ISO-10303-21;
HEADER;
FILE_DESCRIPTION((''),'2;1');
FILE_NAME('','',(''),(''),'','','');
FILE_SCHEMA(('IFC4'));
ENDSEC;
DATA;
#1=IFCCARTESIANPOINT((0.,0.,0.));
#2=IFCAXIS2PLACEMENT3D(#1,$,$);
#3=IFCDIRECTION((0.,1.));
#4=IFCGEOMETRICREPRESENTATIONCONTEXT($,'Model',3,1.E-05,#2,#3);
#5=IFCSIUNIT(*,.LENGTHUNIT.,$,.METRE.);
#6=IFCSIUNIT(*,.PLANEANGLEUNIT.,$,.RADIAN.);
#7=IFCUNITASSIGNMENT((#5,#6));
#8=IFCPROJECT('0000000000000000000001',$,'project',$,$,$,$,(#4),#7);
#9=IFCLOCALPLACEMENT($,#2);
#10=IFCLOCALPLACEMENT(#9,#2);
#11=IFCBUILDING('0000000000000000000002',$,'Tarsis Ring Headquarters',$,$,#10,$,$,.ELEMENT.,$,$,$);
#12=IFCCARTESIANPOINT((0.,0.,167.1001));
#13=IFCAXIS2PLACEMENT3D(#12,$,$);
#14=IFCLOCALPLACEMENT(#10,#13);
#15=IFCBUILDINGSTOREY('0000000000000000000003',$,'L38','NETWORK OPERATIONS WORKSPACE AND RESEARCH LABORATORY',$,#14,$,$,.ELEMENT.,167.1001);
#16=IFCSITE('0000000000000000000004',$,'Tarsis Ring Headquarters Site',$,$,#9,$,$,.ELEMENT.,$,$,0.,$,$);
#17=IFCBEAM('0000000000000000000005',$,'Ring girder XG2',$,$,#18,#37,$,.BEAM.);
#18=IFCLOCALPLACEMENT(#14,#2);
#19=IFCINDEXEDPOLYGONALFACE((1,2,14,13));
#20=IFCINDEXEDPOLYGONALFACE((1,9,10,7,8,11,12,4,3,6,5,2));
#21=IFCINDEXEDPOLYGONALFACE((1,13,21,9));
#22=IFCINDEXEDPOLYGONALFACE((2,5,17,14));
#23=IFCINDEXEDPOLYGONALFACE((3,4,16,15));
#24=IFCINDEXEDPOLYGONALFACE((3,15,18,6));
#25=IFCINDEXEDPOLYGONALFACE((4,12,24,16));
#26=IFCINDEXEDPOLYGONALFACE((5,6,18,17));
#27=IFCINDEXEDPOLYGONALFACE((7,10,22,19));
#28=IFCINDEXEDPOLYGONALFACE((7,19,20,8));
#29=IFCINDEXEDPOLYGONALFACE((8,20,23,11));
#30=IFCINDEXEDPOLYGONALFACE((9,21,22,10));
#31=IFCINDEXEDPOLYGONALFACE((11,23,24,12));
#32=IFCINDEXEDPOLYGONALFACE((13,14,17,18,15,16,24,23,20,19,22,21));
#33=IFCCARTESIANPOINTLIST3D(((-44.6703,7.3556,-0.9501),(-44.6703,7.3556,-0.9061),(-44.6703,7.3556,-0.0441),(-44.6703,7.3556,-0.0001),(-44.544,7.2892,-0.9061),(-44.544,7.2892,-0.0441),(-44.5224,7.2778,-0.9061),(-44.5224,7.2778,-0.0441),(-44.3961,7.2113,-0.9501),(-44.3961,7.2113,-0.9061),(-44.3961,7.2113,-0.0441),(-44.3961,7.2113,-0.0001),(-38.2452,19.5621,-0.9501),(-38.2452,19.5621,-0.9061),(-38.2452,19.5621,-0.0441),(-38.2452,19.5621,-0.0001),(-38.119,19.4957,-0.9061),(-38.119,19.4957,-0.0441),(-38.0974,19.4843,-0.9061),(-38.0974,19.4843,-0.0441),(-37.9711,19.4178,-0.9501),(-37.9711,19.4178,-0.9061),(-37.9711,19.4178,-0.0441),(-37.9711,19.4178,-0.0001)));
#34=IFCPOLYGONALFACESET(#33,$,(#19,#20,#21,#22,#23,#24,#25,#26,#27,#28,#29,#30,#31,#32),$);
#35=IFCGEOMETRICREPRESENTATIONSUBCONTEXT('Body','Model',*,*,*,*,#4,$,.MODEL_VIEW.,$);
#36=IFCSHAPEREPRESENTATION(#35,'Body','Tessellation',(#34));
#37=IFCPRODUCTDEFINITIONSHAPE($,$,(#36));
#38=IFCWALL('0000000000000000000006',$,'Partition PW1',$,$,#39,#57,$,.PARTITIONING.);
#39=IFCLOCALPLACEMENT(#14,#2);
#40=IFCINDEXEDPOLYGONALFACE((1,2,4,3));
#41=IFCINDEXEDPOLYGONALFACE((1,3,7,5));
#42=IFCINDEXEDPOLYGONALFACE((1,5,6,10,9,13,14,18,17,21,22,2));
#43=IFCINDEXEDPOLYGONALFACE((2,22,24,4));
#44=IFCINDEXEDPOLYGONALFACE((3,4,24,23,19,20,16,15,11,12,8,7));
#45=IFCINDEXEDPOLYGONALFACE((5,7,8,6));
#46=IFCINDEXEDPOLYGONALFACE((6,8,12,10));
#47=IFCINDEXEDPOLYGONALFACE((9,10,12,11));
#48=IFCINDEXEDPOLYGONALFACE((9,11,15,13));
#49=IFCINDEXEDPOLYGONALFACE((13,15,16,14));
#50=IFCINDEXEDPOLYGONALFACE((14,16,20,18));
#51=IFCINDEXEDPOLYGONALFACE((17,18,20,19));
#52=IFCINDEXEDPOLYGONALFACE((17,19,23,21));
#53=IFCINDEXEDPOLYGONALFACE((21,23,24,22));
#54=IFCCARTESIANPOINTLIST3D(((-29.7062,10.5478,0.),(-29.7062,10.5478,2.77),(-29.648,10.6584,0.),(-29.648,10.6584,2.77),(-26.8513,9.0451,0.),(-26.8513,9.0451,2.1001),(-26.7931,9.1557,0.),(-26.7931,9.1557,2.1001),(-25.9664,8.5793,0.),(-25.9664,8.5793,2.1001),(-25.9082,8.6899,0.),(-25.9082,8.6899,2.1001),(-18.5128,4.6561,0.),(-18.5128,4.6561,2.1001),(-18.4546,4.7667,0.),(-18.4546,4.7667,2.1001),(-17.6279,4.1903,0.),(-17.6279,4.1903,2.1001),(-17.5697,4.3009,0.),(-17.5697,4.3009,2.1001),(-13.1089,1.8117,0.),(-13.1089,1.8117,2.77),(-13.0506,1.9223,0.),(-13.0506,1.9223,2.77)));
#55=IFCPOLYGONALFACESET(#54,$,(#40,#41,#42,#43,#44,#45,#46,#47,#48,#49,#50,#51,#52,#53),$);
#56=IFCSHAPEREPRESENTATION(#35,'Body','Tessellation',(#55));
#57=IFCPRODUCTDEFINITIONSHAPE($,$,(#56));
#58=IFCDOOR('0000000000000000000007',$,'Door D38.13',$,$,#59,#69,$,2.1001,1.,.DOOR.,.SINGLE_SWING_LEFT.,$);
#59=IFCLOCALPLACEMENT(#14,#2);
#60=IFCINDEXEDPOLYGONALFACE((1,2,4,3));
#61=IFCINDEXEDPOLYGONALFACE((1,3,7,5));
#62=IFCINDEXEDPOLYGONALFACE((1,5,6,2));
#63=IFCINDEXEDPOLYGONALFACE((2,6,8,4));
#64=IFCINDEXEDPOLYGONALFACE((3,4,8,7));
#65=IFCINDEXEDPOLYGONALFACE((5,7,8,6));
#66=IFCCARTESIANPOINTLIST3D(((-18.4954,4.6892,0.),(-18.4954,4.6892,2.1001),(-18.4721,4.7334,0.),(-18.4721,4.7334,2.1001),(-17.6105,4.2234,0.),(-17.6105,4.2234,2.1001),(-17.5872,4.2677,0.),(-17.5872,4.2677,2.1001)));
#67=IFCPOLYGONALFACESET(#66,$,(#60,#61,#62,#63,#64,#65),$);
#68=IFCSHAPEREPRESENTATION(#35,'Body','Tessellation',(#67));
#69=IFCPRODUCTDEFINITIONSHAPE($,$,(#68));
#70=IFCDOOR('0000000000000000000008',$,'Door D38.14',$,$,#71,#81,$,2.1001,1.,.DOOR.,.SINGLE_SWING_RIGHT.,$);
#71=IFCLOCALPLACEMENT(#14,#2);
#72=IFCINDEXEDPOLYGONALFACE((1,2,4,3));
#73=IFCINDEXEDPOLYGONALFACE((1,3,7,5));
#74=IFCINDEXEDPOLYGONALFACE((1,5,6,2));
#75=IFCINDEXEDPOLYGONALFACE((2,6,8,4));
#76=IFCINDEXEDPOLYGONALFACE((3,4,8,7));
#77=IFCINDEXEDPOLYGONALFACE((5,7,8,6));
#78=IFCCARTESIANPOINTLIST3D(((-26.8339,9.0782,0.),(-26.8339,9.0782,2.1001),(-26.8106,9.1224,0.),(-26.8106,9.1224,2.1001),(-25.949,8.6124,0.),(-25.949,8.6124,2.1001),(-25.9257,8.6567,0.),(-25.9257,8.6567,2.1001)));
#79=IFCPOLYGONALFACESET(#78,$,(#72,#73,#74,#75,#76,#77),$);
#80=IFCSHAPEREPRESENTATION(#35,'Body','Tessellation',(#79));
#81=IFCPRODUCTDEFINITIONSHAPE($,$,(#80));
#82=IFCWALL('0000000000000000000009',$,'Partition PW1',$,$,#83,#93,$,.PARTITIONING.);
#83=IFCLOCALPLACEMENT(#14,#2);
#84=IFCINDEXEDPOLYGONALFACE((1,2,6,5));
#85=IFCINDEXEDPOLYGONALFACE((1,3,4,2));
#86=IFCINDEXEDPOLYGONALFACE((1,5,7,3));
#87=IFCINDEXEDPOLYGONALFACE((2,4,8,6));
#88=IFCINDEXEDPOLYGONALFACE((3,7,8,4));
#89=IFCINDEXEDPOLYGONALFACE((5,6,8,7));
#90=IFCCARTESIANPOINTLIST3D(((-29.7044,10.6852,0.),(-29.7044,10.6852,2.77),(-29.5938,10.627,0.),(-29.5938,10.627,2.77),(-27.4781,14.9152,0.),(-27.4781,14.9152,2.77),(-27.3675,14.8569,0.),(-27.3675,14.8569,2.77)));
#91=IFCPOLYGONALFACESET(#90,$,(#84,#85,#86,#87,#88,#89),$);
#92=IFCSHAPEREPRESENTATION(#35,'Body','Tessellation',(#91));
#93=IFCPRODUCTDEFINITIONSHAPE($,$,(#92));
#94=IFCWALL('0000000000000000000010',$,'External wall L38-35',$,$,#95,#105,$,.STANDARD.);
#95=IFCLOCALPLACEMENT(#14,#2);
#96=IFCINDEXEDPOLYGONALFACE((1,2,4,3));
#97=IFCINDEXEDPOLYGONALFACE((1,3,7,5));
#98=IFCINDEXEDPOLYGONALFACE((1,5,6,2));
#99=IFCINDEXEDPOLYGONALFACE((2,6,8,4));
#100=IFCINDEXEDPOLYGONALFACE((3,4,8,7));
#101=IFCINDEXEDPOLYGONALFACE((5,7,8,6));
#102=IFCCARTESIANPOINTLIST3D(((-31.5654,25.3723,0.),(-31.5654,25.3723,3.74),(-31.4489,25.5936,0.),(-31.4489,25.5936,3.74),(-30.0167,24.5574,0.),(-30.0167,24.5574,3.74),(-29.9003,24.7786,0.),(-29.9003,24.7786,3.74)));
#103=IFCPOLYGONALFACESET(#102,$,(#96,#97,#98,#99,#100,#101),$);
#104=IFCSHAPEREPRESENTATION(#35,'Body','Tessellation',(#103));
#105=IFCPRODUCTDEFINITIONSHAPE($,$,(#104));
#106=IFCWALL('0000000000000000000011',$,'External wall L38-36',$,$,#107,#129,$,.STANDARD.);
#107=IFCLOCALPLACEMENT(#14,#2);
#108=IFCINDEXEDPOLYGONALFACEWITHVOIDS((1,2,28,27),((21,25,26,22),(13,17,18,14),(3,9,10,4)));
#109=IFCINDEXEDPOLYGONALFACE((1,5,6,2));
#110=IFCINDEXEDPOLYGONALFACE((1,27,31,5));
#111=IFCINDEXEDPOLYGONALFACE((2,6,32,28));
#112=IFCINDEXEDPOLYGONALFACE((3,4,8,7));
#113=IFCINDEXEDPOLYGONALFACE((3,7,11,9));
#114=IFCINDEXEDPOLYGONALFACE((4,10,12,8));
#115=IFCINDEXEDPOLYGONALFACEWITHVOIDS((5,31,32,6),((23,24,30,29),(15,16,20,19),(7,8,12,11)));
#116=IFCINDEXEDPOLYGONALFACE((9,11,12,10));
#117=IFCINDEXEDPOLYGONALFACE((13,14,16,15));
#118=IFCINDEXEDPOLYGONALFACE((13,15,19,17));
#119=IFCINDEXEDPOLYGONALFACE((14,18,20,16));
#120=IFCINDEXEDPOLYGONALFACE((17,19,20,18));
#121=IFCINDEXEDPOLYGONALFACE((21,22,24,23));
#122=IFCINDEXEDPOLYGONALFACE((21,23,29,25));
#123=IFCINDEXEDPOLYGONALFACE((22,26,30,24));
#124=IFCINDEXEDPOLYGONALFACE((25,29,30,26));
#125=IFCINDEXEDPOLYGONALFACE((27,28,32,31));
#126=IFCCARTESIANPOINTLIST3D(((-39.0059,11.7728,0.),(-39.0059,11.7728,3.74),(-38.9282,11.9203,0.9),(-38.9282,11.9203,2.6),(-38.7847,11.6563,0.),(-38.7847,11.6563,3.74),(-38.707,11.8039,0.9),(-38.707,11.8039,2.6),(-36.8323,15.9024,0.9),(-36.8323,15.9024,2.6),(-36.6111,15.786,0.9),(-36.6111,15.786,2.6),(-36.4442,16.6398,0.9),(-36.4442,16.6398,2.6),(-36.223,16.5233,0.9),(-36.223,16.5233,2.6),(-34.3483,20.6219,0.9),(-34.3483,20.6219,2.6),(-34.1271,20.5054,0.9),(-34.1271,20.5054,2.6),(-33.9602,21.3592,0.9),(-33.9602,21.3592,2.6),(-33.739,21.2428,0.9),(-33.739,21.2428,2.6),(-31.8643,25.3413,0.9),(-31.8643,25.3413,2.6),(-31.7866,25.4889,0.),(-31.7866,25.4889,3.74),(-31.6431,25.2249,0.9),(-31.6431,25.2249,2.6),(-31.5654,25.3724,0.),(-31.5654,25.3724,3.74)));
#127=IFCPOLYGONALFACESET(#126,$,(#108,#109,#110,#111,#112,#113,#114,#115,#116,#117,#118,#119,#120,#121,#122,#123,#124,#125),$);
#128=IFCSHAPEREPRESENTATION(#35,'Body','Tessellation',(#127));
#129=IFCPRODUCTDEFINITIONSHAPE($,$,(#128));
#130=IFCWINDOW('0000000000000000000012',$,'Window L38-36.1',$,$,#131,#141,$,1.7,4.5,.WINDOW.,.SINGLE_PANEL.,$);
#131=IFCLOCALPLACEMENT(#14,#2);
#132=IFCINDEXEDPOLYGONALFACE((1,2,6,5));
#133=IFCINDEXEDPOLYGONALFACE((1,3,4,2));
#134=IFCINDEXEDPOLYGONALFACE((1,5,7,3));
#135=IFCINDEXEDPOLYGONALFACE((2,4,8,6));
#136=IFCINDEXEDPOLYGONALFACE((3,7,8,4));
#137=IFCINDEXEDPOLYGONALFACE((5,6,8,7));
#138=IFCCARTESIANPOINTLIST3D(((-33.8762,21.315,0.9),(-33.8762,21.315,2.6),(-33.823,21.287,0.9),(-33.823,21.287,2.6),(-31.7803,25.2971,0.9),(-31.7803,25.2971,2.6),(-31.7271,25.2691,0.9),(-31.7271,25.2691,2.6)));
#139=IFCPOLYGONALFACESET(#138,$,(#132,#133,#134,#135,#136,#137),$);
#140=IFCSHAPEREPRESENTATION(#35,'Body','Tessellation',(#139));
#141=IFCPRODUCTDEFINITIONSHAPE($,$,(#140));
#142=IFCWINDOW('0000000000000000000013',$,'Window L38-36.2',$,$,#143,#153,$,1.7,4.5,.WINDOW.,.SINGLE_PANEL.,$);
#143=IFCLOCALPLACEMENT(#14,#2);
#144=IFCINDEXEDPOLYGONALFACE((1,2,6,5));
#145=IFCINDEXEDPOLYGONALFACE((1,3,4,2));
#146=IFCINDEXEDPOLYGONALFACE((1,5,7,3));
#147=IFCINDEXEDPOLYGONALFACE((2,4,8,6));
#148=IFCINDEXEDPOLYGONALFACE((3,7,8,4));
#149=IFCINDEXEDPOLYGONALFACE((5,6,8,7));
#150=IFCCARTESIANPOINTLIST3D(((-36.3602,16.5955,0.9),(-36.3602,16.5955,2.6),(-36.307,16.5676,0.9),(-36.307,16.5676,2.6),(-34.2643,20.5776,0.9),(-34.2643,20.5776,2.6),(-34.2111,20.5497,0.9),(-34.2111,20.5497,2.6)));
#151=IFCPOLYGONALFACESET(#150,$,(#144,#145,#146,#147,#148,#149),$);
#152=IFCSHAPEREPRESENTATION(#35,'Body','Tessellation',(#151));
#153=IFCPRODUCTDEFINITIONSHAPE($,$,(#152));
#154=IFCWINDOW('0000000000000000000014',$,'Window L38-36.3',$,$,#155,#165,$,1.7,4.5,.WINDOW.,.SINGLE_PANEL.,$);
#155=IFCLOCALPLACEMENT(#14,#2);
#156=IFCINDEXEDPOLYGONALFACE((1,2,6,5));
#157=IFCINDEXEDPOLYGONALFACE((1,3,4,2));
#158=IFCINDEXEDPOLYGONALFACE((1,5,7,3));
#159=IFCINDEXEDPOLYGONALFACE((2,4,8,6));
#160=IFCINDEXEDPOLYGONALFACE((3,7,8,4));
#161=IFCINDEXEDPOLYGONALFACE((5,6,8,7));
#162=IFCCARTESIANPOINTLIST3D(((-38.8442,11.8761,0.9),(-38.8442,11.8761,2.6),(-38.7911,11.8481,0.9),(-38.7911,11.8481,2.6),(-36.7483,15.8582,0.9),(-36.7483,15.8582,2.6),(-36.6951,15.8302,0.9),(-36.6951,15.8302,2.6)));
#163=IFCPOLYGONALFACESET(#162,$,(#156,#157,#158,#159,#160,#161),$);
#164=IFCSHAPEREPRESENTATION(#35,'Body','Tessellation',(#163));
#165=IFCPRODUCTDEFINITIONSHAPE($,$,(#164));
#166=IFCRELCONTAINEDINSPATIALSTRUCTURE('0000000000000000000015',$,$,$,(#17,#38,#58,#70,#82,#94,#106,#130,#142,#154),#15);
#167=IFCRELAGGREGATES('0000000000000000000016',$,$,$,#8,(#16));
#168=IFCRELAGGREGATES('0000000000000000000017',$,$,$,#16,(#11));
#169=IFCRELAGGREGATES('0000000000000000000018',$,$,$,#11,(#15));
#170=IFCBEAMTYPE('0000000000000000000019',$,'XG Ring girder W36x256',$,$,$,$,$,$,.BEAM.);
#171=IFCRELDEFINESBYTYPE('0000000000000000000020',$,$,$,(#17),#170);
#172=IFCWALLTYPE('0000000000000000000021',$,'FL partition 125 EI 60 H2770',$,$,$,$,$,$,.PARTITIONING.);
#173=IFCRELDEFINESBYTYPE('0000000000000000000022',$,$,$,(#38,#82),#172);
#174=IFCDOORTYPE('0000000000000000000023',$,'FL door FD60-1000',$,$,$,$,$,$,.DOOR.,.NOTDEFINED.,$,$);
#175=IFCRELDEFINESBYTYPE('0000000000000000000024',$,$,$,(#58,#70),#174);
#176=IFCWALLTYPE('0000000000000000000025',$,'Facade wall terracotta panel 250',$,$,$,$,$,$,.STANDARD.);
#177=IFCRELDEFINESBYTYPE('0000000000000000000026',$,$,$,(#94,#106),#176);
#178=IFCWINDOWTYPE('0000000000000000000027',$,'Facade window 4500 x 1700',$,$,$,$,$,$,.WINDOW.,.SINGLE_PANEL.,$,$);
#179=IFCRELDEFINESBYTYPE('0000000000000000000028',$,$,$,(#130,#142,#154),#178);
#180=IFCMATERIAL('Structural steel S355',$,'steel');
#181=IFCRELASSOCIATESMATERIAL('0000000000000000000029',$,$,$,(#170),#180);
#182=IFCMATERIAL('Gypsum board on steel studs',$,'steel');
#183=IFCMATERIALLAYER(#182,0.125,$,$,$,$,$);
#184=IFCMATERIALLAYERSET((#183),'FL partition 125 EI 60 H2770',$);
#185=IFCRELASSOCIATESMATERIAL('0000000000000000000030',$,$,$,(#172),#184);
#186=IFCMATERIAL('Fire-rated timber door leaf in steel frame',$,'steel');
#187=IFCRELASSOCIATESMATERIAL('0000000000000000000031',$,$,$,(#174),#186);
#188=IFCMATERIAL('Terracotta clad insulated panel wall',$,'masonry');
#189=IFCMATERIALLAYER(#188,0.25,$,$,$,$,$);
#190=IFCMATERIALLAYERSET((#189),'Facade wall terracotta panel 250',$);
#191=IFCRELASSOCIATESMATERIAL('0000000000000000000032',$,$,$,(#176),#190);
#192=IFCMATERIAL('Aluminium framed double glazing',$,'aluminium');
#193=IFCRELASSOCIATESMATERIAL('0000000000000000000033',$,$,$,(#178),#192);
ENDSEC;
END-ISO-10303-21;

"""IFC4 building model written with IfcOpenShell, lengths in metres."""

from ifc_helpers import new_model, si_unit, direction, frame, frame_2d, origin, origin_2d, place, context, subcontext, project, spatial, rectangle, i_section, extrude, material, layer, layer_set, material_profile, profile_set, type_object, element, fill, save


model = new_model("IFC4")

# Units and contexts
model_context = context("Model", 3, precision=1e-05, world=origin(), true_north=direction((0.0, 1.0)))
body_context = subcontext(model_context, "Body", "Model", "MODEL_VIEW")
ifc_project = project(units=[si_unit("LENGTHUNIT", "METRE"), si_unit("PLANEANGLEUNIT", "RADIAN")], contexts=[model_context])

# Site, building, storey
site_placement = place(None, origin())
site = spatial("IfcSite", under=ifc_project, at=site_placement, Name="Tarsis Ring Headquarters Site", CompositionType="ELEMENT", RefElevation=0.0)
building_placement = place(site_placement, origin())
building = spatial("IfcBuilding", under=site, at=building_placement, Name="Tarsis Ring Headquarters", CompositionType="ELEMENT")
storey_placement = place(building_placement, frame((0.0, 0.0, 167.1001)))
storey = spatial("IfcBuildingStorey", under=building, at=storey_placement, Name="L38", Description="NETWORK OPERATIONS WORKSPACE AND RESEARCH LABORATORY", CompositionType="ELEMENT", Elevation=167.1001)

# Shared definitions
ifc_material_1 = material(Name="Structural steel S355", Category="steel")

# Beam
ifc_material_profile_1 = material_profile(ifc_material_1, i_section(OverallWidth=0.3098, OverallDepth=0.95, WebThickness=0.0244, FlangeThickness=0.0439, at=origin_2d()), Name="W36x256")
ifc_profile_set_1 = profile_set([ifc_material_profile_1], Name="Structural steel S355")
beam_type = type_object("IfcBeamType", Name="XG Ring girder W36x256", PredefinedType="BEAM", material=ifc_profile_set_1)
for number, where, z_axis, x_axis, name in (
    (1, (-38.1082, 19.49, -0.4751), (-0.465778, -0.884902, 0.0), (0.884902, -0.465778, 0.0), "Ring girder XG2"),
):
    element("IfcBeam", number, at=place(storey_placement, frame(where, z_axis=z_axis, x_axis=x_axis)), inside=storey, type_object=beam_type, Name=name, PredefinedType="BEAM", context=body_context, shape_type="SweptSolid", body=[
        extrude(i_section(OverallWidth=0.3098, OverallDepth=0.95, WebThickness=0.0244, FlangeThickness=0.0439, at=origin_2d()), origin(), (0.0, 0.0, 1.0), 13.7942),
    ])

# Wall, openings, doors
ifc_material_2 = material(Name="Gypsum board on steel studs", Category="steel")
ifc_layer_1 = layer(ifc_material_2, 0.125)
ifc_layer_set_1 = layer_set([ifc_layer_1], Name="FL partition 125 EI 60 H2770")
wall_type_1 = type_object("IfcWallType", Name="FL partition 125 EI 60 H2770", PredefinedType="PARTITIONING", material=ifc_layer_set_1)
wall_1_placement = place(storey_placement, frame((-29.677, 10.603, 0.0), z_axis=(0.0, 0.0, 1.0), x_axis=(0.884905, -0.465772, 0.0)))
wall_1 = element("IfcWall", 2, at=wall_1_placement, inside=storey, type_object=wall_type_1, Name="Partition PW1", PredefinedType="PARTITIONING", context=body_context, shape_type="SweptSolid", body=[
    extrude(rectangle(XDim=18.7561, YDim=0.125, at=frame_2d((9.3779, 0.0))), origin(), (0.0, 0.0, 1.0), 2.77),
])
opening_1_placement = place(wall_1_placement, frame((12.6492, 0.0, 0.0)))
opening_1 = element("IfcOpeningElement", 3, at=opening_1_placement, cuts=wall_1, PredefinedType="OPENING", context=body_context, shape_type="SweptSolid", body=[
    extrude(rectangle(XDim=1.0, YDim=2.1001, at=frame_2d((0.5, 1.05))), frame((0.0, 0.0725, 0.0), z_axis=(0.0, -1.0, 0.0), x_axis=(1.0, 0.0, 0.0)), (0.0, 0.0, 1.0), 0.145),
])
opening_2_placement = place(wall_1_placement, frame((3.2261, 0.0, 0.0)))
opening_2 = element("IfcOpeningElement", 4, at=opening_2_placement, cuts=wall_1, PredefinedType="OPENING", context=body_context, shape_type="SweptSolid", body=[
    extrude(rectangle(XDim=1.0, YDim=2.1001, at=frame_2d((0.5, 1.05))), frame((0.0, 0.0725, 0.0), z_axis=(0.0, -1.0, 0.0), x_axis=(1.0, 0.0, 0.0)), (0.0, 0.0, 1.0), 0.145),
])
ifc_material_3 = material(Name="Fire-rated timber door leaf in steel frame", Category="steel")
door_type = type_object("IfcDoorType", Name="FL door FD60-1000", OperationType="NOTDEFINED", PredefinedType="DOOR", material=ifc_material_3)
door_1_placement = place(opening_1_placement, origin())
door_1 = element("IfcDoor", 5, at=door_1_placement, inside=storey, type_object=door_type, Name="Door D38.13", OperationType="SINGLE_SWING_LEFT", OverallHeight=2.1001, OverallWidth=1.0, PredefinedType="DOOR", context=body_context, shape_type="SweptSolid", body=[
    extrude(rectangle(XDim=1.0, YDim=2.1001, at=frame_2d((0.5, 1.05))), frame((0.0, 0.0249, 0.0), z_axis=(0.0, -1.0, 0.0), x_axis=(1.0, 0.0, 0.0)), (0.0, 0.0, 1.0), 0.05),
])
fill(opening_1, door_1)
door_2_placement = place(opening_2_placement, origin())
door_2 = element("IfcDoor", 6, at=door_2_placement, inside=storey, type_object=door_type, Name="Door D38.14", OperationType="SINGLE_SWING_RIGHT", OverallHeight=2.1001, OverallWidth=1.0, PredefinedType="DOOR", context=body_context, shape_type="SweptSolid", body=[
    extrude(rectangle(XDim=1.0, YDim=2.1001, at=frame_2d((0.5, 1.05))), frame((0.0, 0.0249, 0.0), z_axis=(0.0, -1.0, 0.0), x_axis=(1.0, 0.0, 0.0)), (0.0, 0.0, 1.0), 0.05),
])
fill(opening_2, door_2)

# Walls
wall_2_placement = place(storey_placement, frame((-29.6492, 10.656, 0.0), z_axis=(0.0, 0.0, 1.0), x_axis=(0.465749, 0.884917, 0.0)))
element("IfcWall", 7, at=wall_2_placement, inside=storey, type_object=wall_type_1, Name="Partition PW1", PredefinedType="PARTITIONING", context=body_context, shape_type="SweptSolid", body=[
    extrude(rectangle(XDim=4.78, YDim=0.125, at=frame_2d((2.3901, 0.0))), origin(), (0.0, 0.0, 1.0), 2.77),
])
ifc_material_4 = material(Name="Terracotta clad insulated panel wall", Category="masonry")
ifc_layer_2 = layer(ifc_material_4, 0.25)
ifc_layer_set_2 = layer_set([ifc_layer_2], Name="Facade wall terracotta panel 250")
wall_type_2 = type_object("IfcWallType", Name="Facade wall terracotta panel 250", PredefinedType="STANDARD", material=ifc_layer_set_2)
wall_3_placement = place(storey_placement, frame((-29.9585, 24.668, 0.0), z_axis=(0.0, 0.0, 1.0), x_axis=(-0.884942, 0.4657, 0.0)))
element("IfcWall", 8, at=wall_3_placement, inside=storey, type_object=wall_type_2, Name="External wall L38-35", PredefinedType="STANDARD", context=body_context, shape_type="SweptSolid", body=[
    extrude(rectangle(XDim=1.75, YDim=0.25, at=frame_2d((0.875, 0.0))), origin(), (0.0, 0.0, 1.0), 3.74),
])

# Wall, openings, windows
wall_4_placement = place(storey_placement, frame((-31.676, 25.4307, 0.0), z_axis=(0.0, 0.0, 1.0), x_axis=(-0.465759, -0.884911, 0.0)))
wall_4 = element("IfcWall", 9, at=wall_4_placement, inside=storey, type_object=wall_type_2, Name="External wall L38-36", PredefinedType="STANDARD", context=body_context, shape_type="SweptSolid", body=[
    extrude(rectangle(XDim=15.5, YDim=0.25, at=frame_2d((7.75, 0.0))), origin(), (0.0, 0.0, 1.0), 3.74),
])
opening_3_placement = place(wall_4_placement, frame((0.1667, 0.0, 0.8999)))
opening_3 = element("IfcOpeningElement", 10, at=opening_3_placement, cuts=wall_4, PredefinedType="OPENING", context=body_context, shape_type="SweptSolid", body=[
    extrude(rectangle(XDim=4.5, YDim=1.7, at=frame_2d((2.25, 0.8501))), frame((0.0, 0.135, 0.0), z_axis=(0.0, -1.0, 0.0), x_axis=(1.0, 0.0, 0.0)), (0.0, 0.0, 1.0), 0.27),
])
opening_4_placement = place(wall_4_placement, frame((5.5, 0.0, 0.8999)))
opening_4 = element("IfcOpeningElement", 11, at=opening_4_placement, cuts=wall_4, PredefinedType="OPENING", context=body_context, shape_type="SweptSolid", body=[
    extrude(rectangle(XDim=4.5, YDim=1.7, at=frame_2d((2.25, 0.8501))), frame((0.0, 0.135, 0.0), z_axis=(0.0, -1.0, 0.0), x_axis=(1.0, 0.0, 0.0)), (0.0, 0.0, 1.0), 0.27),
])
opening_5_placement = place(wall_4_placement, frame((10.8333, 0.0, 0.8999)))
opening_5 = element("IfcOpeningElement", 12, at=opening_5_placement, cuts=wall_4, PredefinedType="OPENING", context=body_context, shape_type="SweptSolid", body=[
    extrude(rectangle(XDim=4.5, YDim=1.7, at=frame_2d((2.25, 0.8501))), frame((0.0, 0.135, 0.0), z_axis=(0.0, -1.0, 0.0), x_axis=(1.0, 0.0, 0.0)), (0.0, 0.0, 1.0), 0.27),
])
ifc_material_5 = material(Name="Aluminium framed double glazing", Category="aluminium")
window_type = type_object("IfcWindowType", Name="Facade window 4500 x 1700", PartitioningType="SINGLE_PANEL", PredefinedType="WINDOW", material=ifc_material_5)
window_1_placement = place(opening_3_placement, origin())
window_1 = element("IfcWindow", 13, at=window_1_placement, inside=storey, type_object=window_type, Name="Window L38-36.1", OverallHeight=1.7, OverallWidth=4.5, PartitioningType="SINGLE_PANEL", PredefinedType="WINDOW", context=body_context, shape_type="SweptSolid", body=[
    extrude(rectangle(XDim=4.5, YDim=1.7, at=frame_2d((2.25, 0.8501))), frame((0.0, 0.03, 0.0), z_axis=(0.0, -1.0, 0.0), x_axis=(1.0, 0.0, 0.0)), (0.0, 0.0, 1.0), 0.0601),
])
fill(opening_3, window_1)
window_2_placement = place(opening_4_placement, origin())
window_2 = element("IfcWindow", 14, at=window_2_placement, inside=storey, type_object=window_type, Name="Window L38-36.2", OverallHeight=1.7, OverallWidth=4.5, PartitioningType="SINGLE_PANEL", PredefinedType="WINDOW", context=body_context, shape_type="SweptSolid", body=[
    extrude(rectangle(XDim=4.5, YDim=1.7, at=frame_2d((2.25, 0.8501))), frame((0.0, 0.03, 0.0), z_axis=(0.0, -1.0, 0.0), x_axis=(1.0, 0.0, 0.0)), (0.0, 0.0, 1.0), 0.0601),
])
fill(opening_4, window_2)
window_3_placement = place(opening_5_placement, origin())
window_3 = element("IfcWindow", 15, at=window_3_placement, inside=storey, type_object=window_type, Name="Window L38-36.3", OverallHeight=1.7, OverallWidth=4.5, PartitioningType="SINGLE_PANEL", PredefinedType="WINDOW", context=body_context, shape_type="SweptSolid", body=[
    extrude(rectangle(XDim=4.5, YDim=1.7, at=frame_2d((2.25, 0.8501))), frame((0.0, 0.03, 0.0), z_axis=(0.0, -1.0, 0.0), x_axis=(1.0, 0.0, 0.0)), (0.0, 0.0, 1.0), 0.0601),
])
fill(opening_5, window_3)

save(model, "model.ifc")
